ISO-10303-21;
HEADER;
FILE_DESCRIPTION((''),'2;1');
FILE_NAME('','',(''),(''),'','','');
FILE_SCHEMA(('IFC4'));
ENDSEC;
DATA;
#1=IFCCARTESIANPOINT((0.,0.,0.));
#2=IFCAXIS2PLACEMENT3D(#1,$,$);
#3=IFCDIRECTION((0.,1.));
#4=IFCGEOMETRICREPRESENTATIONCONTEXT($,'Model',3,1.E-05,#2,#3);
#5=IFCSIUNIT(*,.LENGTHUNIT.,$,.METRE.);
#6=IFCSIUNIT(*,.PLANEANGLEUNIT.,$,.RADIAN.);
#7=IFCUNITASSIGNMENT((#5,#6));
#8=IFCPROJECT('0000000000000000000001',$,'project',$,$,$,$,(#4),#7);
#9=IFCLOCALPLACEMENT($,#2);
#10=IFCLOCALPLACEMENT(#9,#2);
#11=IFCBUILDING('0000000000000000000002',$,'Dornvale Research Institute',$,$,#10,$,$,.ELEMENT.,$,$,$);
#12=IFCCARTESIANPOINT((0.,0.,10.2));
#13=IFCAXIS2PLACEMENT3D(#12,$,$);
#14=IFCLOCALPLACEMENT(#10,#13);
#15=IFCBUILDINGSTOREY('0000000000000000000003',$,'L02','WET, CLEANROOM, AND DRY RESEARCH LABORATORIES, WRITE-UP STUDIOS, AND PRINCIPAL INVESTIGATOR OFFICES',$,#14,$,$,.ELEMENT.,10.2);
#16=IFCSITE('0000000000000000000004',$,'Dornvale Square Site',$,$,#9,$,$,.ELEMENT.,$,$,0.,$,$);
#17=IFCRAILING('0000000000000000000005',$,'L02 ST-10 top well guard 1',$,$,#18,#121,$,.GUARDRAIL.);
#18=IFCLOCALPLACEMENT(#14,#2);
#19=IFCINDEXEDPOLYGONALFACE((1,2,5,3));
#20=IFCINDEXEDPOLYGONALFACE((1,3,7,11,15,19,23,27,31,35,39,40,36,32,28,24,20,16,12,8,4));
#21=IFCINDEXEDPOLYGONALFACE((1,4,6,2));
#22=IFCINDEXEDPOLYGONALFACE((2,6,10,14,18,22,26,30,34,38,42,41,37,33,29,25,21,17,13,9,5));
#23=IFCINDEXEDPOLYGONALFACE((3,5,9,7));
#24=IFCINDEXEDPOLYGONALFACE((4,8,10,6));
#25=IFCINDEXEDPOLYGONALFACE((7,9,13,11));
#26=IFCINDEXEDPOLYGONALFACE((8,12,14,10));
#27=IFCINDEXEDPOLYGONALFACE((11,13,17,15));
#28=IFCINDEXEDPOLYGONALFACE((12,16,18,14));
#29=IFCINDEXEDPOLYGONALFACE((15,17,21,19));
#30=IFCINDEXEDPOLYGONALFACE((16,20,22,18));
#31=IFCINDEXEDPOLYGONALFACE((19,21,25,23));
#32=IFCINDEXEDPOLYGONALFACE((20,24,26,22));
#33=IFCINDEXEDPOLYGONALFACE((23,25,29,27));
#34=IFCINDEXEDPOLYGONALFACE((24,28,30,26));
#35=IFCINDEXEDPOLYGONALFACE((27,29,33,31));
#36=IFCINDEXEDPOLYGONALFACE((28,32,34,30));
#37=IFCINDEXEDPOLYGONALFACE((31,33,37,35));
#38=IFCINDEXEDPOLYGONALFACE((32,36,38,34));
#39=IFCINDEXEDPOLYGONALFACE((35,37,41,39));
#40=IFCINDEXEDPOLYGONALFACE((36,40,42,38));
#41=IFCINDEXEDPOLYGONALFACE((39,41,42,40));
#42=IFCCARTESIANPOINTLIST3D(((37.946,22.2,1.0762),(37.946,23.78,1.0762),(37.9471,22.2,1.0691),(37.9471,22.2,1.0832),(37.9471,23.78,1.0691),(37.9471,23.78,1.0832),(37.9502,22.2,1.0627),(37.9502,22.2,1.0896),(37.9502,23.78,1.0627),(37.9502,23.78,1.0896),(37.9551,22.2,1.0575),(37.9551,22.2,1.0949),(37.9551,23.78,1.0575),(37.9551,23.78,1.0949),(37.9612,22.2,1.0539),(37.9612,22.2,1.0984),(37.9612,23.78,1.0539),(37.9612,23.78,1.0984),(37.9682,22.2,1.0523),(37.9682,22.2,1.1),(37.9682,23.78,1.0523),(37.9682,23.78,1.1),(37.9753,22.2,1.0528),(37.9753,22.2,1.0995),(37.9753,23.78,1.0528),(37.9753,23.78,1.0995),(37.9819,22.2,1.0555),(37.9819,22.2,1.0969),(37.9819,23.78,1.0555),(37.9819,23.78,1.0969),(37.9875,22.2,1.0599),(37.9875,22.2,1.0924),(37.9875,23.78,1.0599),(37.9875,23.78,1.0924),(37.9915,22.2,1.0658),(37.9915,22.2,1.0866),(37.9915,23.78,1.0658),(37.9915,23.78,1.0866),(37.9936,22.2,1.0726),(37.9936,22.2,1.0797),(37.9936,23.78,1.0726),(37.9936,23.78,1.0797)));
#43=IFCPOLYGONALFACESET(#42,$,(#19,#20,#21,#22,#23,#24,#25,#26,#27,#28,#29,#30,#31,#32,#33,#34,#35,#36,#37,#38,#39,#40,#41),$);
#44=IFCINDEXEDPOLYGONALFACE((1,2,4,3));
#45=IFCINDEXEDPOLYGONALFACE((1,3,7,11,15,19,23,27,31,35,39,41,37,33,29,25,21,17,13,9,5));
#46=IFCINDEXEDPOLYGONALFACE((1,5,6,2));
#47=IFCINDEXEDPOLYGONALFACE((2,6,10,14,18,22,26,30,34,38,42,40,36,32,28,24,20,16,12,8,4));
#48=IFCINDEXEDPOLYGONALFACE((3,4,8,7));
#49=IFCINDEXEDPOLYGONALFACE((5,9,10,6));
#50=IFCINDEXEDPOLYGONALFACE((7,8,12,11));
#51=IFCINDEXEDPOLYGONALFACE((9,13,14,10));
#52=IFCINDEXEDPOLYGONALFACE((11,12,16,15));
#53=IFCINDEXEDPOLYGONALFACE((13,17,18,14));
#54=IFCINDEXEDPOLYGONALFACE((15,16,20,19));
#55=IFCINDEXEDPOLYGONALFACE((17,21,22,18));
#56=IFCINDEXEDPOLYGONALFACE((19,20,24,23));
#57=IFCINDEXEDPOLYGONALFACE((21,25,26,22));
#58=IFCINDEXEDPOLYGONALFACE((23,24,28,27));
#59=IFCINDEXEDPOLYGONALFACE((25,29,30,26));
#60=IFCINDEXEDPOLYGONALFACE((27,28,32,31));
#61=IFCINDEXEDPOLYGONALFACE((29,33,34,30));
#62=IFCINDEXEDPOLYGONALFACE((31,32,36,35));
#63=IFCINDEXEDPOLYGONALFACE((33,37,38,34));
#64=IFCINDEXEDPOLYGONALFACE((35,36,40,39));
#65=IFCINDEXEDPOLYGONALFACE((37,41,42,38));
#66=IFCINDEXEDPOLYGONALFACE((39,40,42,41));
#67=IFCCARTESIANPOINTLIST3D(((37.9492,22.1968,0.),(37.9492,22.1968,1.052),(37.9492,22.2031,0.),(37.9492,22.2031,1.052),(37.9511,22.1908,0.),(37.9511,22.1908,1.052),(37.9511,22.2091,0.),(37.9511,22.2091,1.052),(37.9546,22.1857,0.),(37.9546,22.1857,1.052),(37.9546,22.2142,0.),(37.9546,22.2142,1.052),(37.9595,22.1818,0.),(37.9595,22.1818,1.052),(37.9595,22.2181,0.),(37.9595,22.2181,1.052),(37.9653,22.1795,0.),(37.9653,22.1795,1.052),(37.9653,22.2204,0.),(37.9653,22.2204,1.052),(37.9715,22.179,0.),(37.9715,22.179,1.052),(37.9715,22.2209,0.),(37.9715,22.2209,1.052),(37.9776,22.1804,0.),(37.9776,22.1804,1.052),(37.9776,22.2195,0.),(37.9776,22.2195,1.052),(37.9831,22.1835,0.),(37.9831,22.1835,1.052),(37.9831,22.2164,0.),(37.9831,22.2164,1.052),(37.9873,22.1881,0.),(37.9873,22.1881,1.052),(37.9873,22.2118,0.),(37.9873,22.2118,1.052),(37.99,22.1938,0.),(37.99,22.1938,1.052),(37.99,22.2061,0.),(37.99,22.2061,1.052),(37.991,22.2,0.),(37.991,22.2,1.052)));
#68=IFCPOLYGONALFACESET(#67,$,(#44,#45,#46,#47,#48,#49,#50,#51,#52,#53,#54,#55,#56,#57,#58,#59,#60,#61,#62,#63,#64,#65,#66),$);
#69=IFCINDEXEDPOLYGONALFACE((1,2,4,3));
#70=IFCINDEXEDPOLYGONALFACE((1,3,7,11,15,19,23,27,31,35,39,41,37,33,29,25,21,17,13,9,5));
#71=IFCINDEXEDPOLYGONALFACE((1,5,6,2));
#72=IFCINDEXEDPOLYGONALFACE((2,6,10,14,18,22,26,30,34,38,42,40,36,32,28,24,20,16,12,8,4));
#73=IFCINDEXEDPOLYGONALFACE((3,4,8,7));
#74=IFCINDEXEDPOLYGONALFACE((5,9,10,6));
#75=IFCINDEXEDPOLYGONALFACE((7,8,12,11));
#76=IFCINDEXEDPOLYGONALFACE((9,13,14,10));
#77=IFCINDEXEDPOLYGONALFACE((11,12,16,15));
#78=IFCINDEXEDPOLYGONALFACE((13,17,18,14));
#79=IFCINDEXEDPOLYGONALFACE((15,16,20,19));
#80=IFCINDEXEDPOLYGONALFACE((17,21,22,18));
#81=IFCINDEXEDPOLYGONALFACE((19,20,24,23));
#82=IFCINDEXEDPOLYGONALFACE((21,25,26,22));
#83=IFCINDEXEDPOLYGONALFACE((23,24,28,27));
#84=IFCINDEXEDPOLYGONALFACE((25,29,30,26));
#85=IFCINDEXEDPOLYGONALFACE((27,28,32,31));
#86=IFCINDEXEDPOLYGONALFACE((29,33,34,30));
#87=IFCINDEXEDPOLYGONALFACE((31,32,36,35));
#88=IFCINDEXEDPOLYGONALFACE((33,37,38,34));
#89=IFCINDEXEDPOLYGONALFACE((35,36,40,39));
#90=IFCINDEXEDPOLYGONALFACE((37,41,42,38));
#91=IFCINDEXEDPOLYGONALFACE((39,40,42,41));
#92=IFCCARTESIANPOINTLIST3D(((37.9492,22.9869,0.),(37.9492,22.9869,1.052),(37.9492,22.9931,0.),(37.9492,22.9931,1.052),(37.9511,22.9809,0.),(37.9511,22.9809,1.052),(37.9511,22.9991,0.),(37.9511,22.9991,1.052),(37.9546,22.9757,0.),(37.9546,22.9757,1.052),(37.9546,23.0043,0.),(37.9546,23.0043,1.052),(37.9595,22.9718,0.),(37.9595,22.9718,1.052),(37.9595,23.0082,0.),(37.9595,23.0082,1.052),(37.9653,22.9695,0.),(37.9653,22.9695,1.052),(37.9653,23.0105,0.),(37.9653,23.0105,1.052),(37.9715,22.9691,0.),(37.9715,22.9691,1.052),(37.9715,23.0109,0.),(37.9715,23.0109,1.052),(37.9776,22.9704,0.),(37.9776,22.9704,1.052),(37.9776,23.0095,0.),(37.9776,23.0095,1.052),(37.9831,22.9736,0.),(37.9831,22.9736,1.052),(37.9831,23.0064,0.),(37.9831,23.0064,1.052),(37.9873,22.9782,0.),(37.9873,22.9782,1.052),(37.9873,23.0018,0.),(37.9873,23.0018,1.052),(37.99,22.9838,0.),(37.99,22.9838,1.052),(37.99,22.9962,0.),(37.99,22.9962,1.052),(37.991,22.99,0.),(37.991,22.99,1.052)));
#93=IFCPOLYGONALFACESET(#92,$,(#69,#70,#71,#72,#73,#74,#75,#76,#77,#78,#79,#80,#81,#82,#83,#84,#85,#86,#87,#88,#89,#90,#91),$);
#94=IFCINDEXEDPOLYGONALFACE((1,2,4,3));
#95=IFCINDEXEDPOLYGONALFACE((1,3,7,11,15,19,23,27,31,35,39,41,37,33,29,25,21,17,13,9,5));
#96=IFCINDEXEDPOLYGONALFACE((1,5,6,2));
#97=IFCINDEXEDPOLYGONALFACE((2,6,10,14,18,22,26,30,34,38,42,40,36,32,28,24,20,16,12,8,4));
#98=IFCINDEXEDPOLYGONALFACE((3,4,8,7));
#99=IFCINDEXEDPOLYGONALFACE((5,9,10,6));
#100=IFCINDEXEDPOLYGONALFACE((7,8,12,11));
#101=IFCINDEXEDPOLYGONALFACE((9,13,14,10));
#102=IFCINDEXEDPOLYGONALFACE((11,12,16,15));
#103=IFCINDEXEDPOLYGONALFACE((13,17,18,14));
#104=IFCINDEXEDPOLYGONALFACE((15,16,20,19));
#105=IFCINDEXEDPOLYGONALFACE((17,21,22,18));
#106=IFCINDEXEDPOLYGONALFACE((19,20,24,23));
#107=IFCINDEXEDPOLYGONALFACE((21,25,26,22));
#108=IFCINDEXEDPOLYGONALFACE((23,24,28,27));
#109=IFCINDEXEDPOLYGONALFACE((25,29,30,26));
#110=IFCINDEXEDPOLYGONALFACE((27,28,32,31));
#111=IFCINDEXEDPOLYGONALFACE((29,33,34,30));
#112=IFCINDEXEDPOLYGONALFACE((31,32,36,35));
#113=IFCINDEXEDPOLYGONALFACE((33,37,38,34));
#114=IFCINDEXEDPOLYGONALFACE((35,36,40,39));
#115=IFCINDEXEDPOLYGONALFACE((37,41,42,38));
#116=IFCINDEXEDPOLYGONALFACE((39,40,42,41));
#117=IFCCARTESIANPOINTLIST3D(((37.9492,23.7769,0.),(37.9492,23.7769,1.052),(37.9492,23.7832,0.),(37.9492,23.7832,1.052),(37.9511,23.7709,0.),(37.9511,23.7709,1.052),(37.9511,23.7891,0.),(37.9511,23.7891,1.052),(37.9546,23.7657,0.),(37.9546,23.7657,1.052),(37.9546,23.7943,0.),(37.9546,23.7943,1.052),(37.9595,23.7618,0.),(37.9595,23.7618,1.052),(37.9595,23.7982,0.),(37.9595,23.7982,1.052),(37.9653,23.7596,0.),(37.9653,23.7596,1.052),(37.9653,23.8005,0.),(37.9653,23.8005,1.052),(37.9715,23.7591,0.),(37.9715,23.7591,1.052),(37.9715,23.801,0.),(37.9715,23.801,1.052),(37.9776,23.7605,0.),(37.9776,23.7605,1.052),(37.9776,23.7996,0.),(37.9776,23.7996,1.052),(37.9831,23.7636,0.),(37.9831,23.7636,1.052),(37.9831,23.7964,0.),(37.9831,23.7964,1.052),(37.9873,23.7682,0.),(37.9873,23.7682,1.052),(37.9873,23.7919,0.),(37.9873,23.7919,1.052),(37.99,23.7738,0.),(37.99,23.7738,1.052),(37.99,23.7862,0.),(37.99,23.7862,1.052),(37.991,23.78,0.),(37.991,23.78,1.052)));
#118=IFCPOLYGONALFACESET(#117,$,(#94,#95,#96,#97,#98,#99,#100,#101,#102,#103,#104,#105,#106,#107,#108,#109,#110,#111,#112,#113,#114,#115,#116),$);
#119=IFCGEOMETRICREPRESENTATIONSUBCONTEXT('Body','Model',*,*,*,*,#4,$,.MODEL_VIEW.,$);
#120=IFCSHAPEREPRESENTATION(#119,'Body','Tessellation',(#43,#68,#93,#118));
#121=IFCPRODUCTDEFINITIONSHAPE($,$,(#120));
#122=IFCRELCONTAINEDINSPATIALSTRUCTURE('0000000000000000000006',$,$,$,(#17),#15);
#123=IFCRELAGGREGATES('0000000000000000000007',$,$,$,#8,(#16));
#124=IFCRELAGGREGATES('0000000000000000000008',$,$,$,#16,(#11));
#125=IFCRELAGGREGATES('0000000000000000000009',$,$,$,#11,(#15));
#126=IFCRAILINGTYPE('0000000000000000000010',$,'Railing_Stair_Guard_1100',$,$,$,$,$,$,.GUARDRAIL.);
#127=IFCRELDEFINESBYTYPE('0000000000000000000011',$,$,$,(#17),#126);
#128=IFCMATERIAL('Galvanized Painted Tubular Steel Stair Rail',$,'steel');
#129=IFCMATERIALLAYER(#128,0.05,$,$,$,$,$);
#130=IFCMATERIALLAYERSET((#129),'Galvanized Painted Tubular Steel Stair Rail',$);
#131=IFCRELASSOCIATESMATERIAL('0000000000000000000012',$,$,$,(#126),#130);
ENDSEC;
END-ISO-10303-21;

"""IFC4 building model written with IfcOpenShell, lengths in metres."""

from ifc_helpers import new_model, si_unit, direction, frame, origin, origin_2d, place, context, subcontext, project, spatial, circle, extrude, material, layer, layer_set, type_object, element, save


model = new_model("IFC4")

# Units and contexts
model_context = context("Model", 3, precision=1e-05, world=origin(), true_north=direction((0.0, 1.0)))
body_context = subcontext(model_context, "Body", "Model", "MODEL_VIEW")
ifc_project = project(units=[si_unit("LENGTHUNIT", "METRE"), si_unit("PLANEANGLEUNIT", "RADIAN")], contexts=[model_context])

# Site, building, storey
site_placement = place(None, origin())
site = spatial("IfcSite", under=ifc_project, at=site_placement, Name="Dornvale Square Site", CompositionType="ELEMENT", RefElevation=0.0)
building_placement = place(site_placement, origin())
building = spatial("IfcBuilding", under=site, at=building_placement, Name="Dornvale Research Institute", CompositionType="ELEMENT")
storey_placement = place(building_placement, frame((0.0, 0.0, 10.2)))
storey = spatial("IfcBuildingStorey", under=building, at=storey_placement, Name="L02", Description="WET, CLEANROOM, AND DRY RESEARCH LABORATORIES, WRITE-UP STUDIOS, AND PRINCIPAL INVESTIGATOR OFFICES", CompositionType="ELEMENT", Elevation=10.2)

# Railing
ifc_material_1 = material(Name="Galvanized Painted Tubular Steel Stair Rail", Category="steel")
ifc_layer_1 = layer(ifc_material_1, 0.05)
ifc_layer_set_1 = layer_set([ifc_layer_1], Name="Galvanized Painted Tubular Steel Stair Rail")
railing_type = type_object("IfcRailingType", Name="Railing_Stair_Guard_1100", PredefinedType="GUARDRAIL", material=ifc_layer_set_1)
railing_placement = place(storey_placement, frame((37.97, 22.2, 0.0)))
element("IfcRailing", 1, at=railing_placement, inside=storey, type_object=railing_type, Name="L02 ST-10 top well guard 1", PredefinedType="GUARDRAIL", context=body_context, shape_type="SweptSolid", body=[
    extrude(circle(Radius=0.0239, at=origin_2d()), frame((0.0, 0.0, 1.0762), z_axis=(0.0, 1.0, 0.0), x_axis=(-1.0, 0.0, 0.0)), (0.0, 0.0, 1.0), 1.5801),
    extrude(circle(Radius=0.021, at=origin_2d()), origin(), (0.0, 0.0, 1.0), 1.052),
    extrude(circle(Radius=0.021, at=origin_2d()), frame((0.0, 0.79, 0.0)), (0.0, 0.0, 1.0), 1.052),
    extrude(circle(Radius=0.021, at=origin_2d()), frame((0.0, 1.5801, 0.0)), (0.0, 0.0, 1.0), 1.052),
])

save(model, "model.ifc")
